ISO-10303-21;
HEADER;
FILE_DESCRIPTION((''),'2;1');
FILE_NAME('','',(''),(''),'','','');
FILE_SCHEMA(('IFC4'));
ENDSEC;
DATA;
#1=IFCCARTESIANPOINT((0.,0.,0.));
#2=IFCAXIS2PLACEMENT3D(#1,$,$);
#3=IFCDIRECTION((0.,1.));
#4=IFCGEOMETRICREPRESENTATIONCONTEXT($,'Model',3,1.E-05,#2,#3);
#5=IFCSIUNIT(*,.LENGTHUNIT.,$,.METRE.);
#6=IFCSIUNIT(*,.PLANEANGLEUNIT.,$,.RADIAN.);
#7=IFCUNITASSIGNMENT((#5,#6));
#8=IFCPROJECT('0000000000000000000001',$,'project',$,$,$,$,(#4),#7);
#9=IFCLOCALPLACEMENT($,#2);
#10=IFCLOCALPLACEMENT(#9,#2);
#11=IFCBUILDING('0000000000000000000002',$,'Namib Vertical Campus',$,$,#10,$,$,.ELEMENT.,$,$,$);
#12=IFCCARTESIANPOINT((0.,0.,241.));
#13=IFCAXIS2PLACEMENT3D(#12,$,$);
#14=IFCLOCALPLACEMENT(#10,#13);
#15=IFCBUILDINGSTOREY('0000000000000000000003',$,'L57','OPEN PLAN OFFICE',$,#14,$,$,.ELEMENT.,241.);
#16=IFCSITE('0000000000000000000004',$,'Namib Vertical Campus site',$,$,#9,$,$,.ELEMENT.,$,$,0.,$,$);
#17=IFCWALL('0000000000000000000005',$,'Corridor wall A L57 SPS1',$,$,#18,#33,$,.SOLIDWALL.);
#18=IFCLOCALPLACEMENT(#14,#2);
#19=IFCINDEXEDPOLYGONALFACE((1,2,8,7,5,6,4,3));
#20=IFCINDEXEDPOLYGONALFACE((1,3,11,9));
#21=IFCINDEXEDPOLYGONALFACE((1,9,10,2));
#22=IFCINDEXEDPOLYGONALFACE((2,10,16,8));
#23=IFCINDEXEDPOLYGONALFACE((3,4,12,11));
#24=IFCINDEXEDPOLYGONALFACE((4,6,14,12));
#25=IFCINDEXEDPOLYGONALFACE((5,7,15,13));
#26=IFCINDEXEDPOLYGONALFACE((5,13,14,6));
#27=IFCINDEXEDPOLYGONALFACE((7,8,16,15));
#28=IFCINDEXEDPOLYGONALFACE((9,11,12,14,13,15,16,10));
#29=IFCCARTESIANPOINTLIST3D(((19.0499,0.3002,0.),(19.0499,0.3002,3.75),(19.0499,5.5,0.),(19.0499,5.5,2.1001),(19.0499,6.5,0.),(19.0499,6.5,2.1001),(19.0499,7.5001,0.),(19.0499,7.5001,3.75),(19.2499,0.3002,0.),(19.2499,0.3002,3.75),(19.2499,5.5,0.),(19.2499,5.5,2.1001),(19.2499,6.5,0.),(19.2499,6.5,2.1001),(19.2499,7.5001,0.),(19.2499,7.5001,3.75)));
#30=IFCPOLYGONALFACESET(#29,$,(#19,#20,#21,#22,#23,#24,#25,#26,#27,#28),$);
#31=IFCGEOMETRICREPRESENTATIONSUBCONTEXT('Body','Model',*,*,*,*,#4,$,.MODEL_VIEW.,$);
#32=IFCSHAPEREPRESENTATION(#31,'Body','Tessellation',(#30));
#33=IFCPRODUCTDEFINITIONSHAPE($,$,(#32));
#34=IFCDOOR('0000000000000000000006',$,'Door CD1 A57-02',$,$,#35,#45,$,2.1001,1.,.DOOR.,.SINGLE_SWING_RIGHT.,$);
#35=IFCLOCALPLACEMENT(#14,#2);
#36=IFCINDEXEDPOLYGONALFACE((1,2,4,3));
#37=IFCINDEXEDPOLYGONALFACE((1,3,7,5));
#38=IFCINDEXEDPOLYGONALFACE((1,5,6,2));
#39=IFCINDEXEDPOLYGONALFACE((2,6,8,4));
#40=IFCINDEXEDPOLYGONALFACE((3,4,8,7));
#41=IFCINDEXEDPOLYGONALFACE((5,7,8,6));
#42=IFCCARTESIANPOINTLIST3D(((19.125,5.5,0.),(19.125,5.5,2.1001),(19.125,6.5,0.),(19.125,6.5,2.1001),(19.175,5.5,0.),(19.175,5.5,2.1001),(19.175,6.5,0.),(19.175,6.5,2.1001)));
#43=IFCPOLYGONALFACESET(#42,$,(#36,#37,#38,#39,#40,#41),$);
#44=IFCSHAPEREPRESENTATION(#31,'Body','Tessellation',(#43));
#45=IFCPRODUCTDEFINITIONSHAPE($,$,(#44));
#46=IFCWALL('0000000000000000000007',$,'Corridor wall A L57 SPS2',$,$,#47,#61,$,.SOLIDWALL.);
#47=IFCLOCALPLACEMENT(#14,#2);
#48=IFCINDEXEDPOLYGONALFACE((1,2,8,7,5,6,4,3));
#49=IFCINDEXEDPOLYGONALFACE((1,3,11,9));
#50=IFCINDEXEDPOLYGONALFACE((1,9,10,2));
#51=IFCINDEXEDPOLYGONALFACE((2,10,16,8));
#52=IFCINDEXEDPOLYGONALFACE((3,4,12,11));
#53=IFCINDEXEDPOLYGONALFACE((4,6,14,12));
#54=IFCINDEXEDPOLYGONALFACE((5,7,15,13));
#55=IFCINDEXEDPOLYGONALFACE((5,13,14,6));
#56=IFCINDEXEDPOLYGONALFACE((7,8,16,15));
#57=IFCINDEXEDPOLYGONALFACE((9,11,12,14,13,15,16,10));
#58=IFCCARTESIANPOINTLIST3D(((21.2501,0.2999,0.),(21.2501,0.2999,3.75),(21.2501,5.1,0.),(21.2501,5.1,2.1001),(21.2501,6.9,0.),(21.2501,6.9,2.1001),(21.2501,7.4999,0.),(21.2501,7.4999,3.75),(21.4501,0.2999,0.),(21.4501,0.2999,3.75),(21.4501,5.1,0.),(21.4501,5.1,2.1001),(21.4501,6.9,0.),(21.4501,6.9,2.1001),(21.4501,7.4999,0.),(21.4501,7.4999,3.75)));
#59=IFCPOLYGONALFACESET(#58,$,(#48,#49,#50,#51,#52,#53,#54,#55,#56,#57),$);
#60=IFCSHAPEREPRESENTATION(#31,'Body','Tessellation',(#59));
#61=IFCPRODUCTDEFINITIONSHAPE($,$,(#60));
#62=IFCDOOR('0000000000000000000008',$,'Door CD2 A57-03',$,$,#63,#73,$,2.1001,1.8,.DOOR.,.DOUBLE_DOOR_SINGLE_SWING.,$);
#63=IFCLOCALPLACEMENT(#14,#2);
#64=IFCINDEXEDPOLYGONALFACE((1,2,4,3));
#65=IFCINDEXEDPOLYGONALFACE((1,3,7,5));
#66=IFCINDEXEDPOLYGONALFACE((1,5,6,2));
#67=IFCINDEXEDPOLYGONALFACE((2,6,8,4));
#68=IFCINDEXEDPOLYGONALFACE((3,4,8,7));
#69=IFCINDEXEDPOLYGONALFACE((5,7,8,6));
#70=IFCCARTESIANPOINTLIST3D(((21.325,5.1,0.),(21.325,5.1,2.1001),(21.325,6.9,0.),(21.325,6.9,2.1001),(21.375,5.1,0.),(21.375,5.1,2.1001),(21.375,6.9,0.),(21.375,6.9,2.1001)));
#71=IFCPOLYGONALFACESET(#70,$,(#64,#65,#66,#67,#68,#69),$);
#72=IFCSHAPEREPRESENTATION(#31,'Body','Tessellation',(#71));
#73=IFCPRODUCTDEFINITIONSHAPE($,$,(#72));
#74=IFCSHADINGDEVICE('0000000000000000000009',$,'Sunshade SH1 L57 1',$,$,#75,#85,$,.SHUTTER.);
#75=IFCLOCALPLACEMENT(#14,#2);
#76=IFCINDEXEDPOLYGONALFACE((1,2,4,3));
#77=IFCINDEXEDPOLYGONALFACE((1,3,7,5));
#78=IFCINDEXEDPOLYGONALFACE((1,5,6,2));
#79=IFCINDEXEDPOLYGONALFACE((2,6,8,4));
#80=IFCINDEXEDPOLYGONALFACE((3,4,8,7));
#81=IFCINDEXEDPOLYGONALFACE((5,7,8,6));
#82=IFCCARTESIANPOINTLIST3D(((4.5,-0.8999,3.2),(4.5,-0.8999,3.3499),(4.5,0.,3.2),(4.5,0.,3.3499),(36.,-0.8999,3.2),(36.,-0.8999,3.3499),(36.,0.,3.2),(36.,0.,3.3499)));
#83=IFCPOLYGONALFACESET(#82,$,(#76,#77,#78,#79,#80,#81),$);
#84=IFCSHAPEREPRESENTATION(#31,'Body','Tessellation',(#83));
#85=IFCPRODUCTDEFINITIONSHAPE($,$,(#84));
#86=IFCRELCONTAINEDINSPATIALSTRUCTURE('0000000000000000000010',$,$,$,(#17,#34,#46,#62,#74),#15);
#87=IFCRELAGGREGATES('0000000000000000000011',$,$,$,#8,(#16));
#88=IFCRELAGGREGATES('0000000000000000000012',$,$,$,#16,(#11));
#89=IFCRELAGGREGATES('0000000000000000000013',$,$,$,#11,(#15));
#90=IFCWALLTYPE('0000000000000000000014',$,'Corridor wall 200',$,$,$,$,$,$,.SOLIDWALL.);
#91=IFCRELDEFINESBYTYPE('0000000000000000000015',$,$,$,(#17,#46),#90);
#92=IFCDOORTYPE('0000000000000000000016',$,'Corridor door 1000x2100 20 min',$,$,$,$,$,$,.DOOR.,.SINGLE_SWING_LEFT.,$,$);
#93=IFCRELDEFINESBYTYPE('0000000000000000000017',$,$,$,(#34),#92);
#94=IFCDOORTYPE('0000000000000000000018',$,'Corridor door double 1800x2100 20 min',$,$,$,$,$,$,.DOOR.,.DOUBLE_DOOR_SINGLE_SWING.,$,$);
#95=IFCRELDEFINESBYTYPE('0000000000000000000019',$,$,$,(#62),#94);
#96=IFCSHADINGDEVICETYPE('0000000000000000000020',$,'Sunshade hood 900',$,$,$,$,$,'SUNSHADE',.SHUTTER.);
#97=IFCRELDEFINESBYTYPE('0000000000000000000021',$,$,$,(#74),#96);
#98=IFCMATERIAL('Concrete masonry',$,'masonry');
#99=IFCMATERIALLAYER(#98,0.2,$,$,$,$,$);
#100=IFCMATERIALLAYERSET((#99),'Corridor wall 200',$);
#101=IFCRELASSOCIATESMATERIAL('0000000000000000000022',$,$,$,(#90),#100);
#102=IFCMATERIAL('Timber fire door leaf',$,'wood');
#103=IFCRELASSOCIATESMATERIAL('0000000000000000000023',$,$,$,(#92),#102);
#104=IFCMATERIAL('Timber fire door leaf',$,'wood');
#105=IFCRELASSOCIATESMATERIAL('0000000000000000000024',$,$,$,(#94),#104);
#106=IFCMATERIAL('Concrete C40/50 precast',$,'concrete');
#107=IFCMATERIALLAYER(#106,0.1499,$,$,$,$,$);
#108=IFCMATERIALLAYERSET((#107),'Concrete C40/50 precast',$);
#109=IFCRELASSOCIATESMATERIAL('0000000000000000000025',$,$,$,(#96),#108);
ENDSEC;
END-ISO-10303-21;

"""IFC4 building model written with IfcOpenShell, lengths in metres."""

from ifc_helpers import new_model, si_unit, direction, frame, frame_2d, origin, origin_2d, place, context, subcontext, project, spatial, rectangle, extrude, material, layer, layer_set, type_object, element, fill, save


model = new_model("IFC4")

# Units and contexts
model_context = context("Model", 3, precision=1e-05, world=origin(), true_north=direction((0.0, 1.0)))
body_context = subcontext(model_context, "Body", "Model", "MODEL_VIEW")
ifc_project = project(units=[si_unit("LENGTHUNIT", "METRE"), si_unit("PLANEANGLEUNIT", "RADIAN")], contexts=[model_context])

# Site, building, storey
site_placement = place(None, origin())
site = spatial("IfcSite", under=ifc_project, at=site_placement, Name="Namib Vertical Campus site", CompositionType="ELEMENT", RefElevation=0.0)
building_placement = place(site_placement, origin())
building = spatial("IfcBuilding", under=site, at=building_placement, Name="Namib Vertical Campus", CompositionType="ELEMENT")
storey_placement = place(building_placement, frame((0.0, 0.0, 241.0)))
storey = spatial("IfcBuildingStorey", under=building, at=storey_placement, Name="L57", Description="OPEN PLAN OFFICE", CompositionType="ELEMENT", Elevation=241.0)

# Shared definitions
ifc_material_1 = material(Name="Concrete masonry", Category="masonry")
ifc_layer_1 = layer(ifc_material_1, 0.2)
ifc_layer_set_1 = layer_set([ifc_layer_1], Name="Corridor wall 200")
wall_type_1 = type_object("IfcWallType", Name="Corridor wall 200", PredefinedType="SOLIDWALL", material=ifc_layer_set_1)
ifc_material_2 = material(Name="Timber fire door leaf", Category="wood")
door_type_1 = type_object("IfcDoorType", Name="Corridor door 1000x2100 20 min", OperationType="SINGLE_SWING_LEFT", PredefinedType="DOOR", material=ifc_material_2)
ifc_material_3 = material(Name="Timber fire door leaf", Category="wood")
door_type_2 = type_object("IfcDoorType", Name="Corridor door double 1800x2100 20 min", OperationType="DOUBLE_DOOR_SINGLE_SWING", PredefinedType="DOOR", material=ifc_material_3)

# Walls, openings, doors
wall_1_placement = place(storey_placement, frame((19.1499, 0.3, 0.0), z_axis=(0.0, 0.0, 1.0), x_axis=(0.0, 1.0, 0.0)))
wall_1 = element("IfcWall", 1, at=wall_1_placement, inside=storey, type_object=wall_type_1, Name="Corridor wall A L57 SPS1", PredefinedType="SOLIDWALL", context=body_context, shape_type="SweptSolid", body=[
    extrude(rectangle(XDim=7.2, YDim=0.2, at=frame_2d((3.6001, 0.0))), origin(), (0.0, 0.0, 1.0), 3.75),
])
opening_1_placement = place(wall_1_placement, frame((5.2, 0.0, 0.0)))
opening_1 = element("IfcOpeningElement", 2, at=opening_1_placement, cuts=wall_1, PredefinedType="OPENING", context=body_context, shape_type="SweptSolid", body=[
    extrude(rectangle(XDim=1.0, YDim=2.1001, at=frame_2d((0.5, 1.05))), frame((0.0, 0.1099, 0.0), z_axis=(0.0, -1.0, 0.0), x_axis=(1.0, 0.0, 0.0)), (0.0, 0.0, 1.0), 0.22),
])
door_1_placement = place(opening_1_placement, origin())
door_1 = element("IfcDoor", 3, at=door_1_placement, inside=storey, type_object=door_type_1, Name="Door CD1 A57-02", OperationType="SINGLE_SWING_RIGHT", OverallHeight=2.1001, OverallWidth=1.0, PredefinedType="DOOR", context=body_context, shape_type="SweptSolid", body=[
    extrude(rectangle(XDim=1.0, YDim=2.1001, at=frame_2d((0.5, 1.05))), frame((0.0, 0.0249, 0.0), z_axis=(0.0, -1.0, 0.0), x_axis=(1.0, 0.0, 0.0)), (0.0, 0.0, 1.0), 0.05),
])
fill(opening_1, door_1)
wall_2_placement = place(storey_placement, frame((21.3501, 7.5, 0.0), z_axis=(0.0, 0.0, 1.0), x_axis=(0.0, -1.0, 0.0)))
wall_2 = element("IfcWall", 4, at=wall_2_placement, inside=storey, type_object=wall_type_1, Name="Corridor wall A L57 SPS2", PredefinedType="SOLIDWALL", context=body_context, shape_type="SweptSolid", body=[
    extrude(rectangle(XDim=7.2, YDim=0.2, at=frame_2d((3.6001, 0.0))), origin(), (0.0, 0.0, 1.0), 3.75),
])
opening_2_placement = place(wall_2_placement, frame((0.6001, 0.0, 0.0)))
opening_2 = element("IfcOpeningElement", 5, at=opening_2_placement, cuts=wall_2, PredefinedType="OPENING", context=body_context, shape_type="SweptSolid", body=[
    extrude(rectangle(XDim=1.8, YDim=2.1001, at=frame_2d((0.8999, 1.05))), frame((0.0, 0.1099, 0.0), z_axis=(0.0, -1.0, 0.0), x_axis=(1.0, 0.0, 0.0)), (0.0, 0.0, 1.0), 0.22),
])
door_2_placement = place(opening_2_placement, origin())
door_2 = element("IfcDoor", 6, at=door_2_placement, inside=storey, type_object=door_type_2, Name="Door CD2 A57-03", OperationType="DOUBLE_DOOR_SINGLE_SWING", OverallHeight=2.1001, OverallWidth=1.8, PredefinedType="DOOR", context=body_context, shape_type="SweptSolid", body=[
    extrude(rectangle(XDim=1.8, YDim=2.1001, at=frame_2d((0.8999, 1.05))), frame((0.0, 0.0249, 0.0), z_axis=(0.0, -1.0, 0.0), x_axis=(1.0, 0.0, 0.0)), (0.0, 0.0, 1.0), 0.05),
])
fill(opening_2, door_2)

# Shading device
ifc_material_4 = material(Name="Concrete C40/50 precast", Category="concrete")
ifc_layer_2 = layer(ifc_material_4, 0.1499)
ifc_layer_set_2 = layer_set([ifc_layer_2], Name="Concrete C40/50 precast")
shading_device_type = type_object("IfcShadingDeviceType", Name="Sunshade hood 900", ElementType="SUNSHADE", PredefinedType="SHUTTER", material=ifc_layer_set_2)
shading_device_placement = place(storey_placement, frame((20.25, -0.45, 3.2), z_axis=(0.0, 0.0, 1.0), x_axis=(1.0, 0.0, 0.0)))
element("IfcShadingDevice", 7, at=shading_device_placement, inside=storey, type_object=shading_device_type, Name="Sunshade SH1 L57 1", PredefinedType="SHUTTER", context=body_context, shape_type="SweptSolid", body=[
    extrude(rectangle(XDim=31.5, YDim=0.8999, at=origin_2d()), origin(), (0.0, 0.0, 1.0), 0.1499),
])

save(model, "model.ifc")
